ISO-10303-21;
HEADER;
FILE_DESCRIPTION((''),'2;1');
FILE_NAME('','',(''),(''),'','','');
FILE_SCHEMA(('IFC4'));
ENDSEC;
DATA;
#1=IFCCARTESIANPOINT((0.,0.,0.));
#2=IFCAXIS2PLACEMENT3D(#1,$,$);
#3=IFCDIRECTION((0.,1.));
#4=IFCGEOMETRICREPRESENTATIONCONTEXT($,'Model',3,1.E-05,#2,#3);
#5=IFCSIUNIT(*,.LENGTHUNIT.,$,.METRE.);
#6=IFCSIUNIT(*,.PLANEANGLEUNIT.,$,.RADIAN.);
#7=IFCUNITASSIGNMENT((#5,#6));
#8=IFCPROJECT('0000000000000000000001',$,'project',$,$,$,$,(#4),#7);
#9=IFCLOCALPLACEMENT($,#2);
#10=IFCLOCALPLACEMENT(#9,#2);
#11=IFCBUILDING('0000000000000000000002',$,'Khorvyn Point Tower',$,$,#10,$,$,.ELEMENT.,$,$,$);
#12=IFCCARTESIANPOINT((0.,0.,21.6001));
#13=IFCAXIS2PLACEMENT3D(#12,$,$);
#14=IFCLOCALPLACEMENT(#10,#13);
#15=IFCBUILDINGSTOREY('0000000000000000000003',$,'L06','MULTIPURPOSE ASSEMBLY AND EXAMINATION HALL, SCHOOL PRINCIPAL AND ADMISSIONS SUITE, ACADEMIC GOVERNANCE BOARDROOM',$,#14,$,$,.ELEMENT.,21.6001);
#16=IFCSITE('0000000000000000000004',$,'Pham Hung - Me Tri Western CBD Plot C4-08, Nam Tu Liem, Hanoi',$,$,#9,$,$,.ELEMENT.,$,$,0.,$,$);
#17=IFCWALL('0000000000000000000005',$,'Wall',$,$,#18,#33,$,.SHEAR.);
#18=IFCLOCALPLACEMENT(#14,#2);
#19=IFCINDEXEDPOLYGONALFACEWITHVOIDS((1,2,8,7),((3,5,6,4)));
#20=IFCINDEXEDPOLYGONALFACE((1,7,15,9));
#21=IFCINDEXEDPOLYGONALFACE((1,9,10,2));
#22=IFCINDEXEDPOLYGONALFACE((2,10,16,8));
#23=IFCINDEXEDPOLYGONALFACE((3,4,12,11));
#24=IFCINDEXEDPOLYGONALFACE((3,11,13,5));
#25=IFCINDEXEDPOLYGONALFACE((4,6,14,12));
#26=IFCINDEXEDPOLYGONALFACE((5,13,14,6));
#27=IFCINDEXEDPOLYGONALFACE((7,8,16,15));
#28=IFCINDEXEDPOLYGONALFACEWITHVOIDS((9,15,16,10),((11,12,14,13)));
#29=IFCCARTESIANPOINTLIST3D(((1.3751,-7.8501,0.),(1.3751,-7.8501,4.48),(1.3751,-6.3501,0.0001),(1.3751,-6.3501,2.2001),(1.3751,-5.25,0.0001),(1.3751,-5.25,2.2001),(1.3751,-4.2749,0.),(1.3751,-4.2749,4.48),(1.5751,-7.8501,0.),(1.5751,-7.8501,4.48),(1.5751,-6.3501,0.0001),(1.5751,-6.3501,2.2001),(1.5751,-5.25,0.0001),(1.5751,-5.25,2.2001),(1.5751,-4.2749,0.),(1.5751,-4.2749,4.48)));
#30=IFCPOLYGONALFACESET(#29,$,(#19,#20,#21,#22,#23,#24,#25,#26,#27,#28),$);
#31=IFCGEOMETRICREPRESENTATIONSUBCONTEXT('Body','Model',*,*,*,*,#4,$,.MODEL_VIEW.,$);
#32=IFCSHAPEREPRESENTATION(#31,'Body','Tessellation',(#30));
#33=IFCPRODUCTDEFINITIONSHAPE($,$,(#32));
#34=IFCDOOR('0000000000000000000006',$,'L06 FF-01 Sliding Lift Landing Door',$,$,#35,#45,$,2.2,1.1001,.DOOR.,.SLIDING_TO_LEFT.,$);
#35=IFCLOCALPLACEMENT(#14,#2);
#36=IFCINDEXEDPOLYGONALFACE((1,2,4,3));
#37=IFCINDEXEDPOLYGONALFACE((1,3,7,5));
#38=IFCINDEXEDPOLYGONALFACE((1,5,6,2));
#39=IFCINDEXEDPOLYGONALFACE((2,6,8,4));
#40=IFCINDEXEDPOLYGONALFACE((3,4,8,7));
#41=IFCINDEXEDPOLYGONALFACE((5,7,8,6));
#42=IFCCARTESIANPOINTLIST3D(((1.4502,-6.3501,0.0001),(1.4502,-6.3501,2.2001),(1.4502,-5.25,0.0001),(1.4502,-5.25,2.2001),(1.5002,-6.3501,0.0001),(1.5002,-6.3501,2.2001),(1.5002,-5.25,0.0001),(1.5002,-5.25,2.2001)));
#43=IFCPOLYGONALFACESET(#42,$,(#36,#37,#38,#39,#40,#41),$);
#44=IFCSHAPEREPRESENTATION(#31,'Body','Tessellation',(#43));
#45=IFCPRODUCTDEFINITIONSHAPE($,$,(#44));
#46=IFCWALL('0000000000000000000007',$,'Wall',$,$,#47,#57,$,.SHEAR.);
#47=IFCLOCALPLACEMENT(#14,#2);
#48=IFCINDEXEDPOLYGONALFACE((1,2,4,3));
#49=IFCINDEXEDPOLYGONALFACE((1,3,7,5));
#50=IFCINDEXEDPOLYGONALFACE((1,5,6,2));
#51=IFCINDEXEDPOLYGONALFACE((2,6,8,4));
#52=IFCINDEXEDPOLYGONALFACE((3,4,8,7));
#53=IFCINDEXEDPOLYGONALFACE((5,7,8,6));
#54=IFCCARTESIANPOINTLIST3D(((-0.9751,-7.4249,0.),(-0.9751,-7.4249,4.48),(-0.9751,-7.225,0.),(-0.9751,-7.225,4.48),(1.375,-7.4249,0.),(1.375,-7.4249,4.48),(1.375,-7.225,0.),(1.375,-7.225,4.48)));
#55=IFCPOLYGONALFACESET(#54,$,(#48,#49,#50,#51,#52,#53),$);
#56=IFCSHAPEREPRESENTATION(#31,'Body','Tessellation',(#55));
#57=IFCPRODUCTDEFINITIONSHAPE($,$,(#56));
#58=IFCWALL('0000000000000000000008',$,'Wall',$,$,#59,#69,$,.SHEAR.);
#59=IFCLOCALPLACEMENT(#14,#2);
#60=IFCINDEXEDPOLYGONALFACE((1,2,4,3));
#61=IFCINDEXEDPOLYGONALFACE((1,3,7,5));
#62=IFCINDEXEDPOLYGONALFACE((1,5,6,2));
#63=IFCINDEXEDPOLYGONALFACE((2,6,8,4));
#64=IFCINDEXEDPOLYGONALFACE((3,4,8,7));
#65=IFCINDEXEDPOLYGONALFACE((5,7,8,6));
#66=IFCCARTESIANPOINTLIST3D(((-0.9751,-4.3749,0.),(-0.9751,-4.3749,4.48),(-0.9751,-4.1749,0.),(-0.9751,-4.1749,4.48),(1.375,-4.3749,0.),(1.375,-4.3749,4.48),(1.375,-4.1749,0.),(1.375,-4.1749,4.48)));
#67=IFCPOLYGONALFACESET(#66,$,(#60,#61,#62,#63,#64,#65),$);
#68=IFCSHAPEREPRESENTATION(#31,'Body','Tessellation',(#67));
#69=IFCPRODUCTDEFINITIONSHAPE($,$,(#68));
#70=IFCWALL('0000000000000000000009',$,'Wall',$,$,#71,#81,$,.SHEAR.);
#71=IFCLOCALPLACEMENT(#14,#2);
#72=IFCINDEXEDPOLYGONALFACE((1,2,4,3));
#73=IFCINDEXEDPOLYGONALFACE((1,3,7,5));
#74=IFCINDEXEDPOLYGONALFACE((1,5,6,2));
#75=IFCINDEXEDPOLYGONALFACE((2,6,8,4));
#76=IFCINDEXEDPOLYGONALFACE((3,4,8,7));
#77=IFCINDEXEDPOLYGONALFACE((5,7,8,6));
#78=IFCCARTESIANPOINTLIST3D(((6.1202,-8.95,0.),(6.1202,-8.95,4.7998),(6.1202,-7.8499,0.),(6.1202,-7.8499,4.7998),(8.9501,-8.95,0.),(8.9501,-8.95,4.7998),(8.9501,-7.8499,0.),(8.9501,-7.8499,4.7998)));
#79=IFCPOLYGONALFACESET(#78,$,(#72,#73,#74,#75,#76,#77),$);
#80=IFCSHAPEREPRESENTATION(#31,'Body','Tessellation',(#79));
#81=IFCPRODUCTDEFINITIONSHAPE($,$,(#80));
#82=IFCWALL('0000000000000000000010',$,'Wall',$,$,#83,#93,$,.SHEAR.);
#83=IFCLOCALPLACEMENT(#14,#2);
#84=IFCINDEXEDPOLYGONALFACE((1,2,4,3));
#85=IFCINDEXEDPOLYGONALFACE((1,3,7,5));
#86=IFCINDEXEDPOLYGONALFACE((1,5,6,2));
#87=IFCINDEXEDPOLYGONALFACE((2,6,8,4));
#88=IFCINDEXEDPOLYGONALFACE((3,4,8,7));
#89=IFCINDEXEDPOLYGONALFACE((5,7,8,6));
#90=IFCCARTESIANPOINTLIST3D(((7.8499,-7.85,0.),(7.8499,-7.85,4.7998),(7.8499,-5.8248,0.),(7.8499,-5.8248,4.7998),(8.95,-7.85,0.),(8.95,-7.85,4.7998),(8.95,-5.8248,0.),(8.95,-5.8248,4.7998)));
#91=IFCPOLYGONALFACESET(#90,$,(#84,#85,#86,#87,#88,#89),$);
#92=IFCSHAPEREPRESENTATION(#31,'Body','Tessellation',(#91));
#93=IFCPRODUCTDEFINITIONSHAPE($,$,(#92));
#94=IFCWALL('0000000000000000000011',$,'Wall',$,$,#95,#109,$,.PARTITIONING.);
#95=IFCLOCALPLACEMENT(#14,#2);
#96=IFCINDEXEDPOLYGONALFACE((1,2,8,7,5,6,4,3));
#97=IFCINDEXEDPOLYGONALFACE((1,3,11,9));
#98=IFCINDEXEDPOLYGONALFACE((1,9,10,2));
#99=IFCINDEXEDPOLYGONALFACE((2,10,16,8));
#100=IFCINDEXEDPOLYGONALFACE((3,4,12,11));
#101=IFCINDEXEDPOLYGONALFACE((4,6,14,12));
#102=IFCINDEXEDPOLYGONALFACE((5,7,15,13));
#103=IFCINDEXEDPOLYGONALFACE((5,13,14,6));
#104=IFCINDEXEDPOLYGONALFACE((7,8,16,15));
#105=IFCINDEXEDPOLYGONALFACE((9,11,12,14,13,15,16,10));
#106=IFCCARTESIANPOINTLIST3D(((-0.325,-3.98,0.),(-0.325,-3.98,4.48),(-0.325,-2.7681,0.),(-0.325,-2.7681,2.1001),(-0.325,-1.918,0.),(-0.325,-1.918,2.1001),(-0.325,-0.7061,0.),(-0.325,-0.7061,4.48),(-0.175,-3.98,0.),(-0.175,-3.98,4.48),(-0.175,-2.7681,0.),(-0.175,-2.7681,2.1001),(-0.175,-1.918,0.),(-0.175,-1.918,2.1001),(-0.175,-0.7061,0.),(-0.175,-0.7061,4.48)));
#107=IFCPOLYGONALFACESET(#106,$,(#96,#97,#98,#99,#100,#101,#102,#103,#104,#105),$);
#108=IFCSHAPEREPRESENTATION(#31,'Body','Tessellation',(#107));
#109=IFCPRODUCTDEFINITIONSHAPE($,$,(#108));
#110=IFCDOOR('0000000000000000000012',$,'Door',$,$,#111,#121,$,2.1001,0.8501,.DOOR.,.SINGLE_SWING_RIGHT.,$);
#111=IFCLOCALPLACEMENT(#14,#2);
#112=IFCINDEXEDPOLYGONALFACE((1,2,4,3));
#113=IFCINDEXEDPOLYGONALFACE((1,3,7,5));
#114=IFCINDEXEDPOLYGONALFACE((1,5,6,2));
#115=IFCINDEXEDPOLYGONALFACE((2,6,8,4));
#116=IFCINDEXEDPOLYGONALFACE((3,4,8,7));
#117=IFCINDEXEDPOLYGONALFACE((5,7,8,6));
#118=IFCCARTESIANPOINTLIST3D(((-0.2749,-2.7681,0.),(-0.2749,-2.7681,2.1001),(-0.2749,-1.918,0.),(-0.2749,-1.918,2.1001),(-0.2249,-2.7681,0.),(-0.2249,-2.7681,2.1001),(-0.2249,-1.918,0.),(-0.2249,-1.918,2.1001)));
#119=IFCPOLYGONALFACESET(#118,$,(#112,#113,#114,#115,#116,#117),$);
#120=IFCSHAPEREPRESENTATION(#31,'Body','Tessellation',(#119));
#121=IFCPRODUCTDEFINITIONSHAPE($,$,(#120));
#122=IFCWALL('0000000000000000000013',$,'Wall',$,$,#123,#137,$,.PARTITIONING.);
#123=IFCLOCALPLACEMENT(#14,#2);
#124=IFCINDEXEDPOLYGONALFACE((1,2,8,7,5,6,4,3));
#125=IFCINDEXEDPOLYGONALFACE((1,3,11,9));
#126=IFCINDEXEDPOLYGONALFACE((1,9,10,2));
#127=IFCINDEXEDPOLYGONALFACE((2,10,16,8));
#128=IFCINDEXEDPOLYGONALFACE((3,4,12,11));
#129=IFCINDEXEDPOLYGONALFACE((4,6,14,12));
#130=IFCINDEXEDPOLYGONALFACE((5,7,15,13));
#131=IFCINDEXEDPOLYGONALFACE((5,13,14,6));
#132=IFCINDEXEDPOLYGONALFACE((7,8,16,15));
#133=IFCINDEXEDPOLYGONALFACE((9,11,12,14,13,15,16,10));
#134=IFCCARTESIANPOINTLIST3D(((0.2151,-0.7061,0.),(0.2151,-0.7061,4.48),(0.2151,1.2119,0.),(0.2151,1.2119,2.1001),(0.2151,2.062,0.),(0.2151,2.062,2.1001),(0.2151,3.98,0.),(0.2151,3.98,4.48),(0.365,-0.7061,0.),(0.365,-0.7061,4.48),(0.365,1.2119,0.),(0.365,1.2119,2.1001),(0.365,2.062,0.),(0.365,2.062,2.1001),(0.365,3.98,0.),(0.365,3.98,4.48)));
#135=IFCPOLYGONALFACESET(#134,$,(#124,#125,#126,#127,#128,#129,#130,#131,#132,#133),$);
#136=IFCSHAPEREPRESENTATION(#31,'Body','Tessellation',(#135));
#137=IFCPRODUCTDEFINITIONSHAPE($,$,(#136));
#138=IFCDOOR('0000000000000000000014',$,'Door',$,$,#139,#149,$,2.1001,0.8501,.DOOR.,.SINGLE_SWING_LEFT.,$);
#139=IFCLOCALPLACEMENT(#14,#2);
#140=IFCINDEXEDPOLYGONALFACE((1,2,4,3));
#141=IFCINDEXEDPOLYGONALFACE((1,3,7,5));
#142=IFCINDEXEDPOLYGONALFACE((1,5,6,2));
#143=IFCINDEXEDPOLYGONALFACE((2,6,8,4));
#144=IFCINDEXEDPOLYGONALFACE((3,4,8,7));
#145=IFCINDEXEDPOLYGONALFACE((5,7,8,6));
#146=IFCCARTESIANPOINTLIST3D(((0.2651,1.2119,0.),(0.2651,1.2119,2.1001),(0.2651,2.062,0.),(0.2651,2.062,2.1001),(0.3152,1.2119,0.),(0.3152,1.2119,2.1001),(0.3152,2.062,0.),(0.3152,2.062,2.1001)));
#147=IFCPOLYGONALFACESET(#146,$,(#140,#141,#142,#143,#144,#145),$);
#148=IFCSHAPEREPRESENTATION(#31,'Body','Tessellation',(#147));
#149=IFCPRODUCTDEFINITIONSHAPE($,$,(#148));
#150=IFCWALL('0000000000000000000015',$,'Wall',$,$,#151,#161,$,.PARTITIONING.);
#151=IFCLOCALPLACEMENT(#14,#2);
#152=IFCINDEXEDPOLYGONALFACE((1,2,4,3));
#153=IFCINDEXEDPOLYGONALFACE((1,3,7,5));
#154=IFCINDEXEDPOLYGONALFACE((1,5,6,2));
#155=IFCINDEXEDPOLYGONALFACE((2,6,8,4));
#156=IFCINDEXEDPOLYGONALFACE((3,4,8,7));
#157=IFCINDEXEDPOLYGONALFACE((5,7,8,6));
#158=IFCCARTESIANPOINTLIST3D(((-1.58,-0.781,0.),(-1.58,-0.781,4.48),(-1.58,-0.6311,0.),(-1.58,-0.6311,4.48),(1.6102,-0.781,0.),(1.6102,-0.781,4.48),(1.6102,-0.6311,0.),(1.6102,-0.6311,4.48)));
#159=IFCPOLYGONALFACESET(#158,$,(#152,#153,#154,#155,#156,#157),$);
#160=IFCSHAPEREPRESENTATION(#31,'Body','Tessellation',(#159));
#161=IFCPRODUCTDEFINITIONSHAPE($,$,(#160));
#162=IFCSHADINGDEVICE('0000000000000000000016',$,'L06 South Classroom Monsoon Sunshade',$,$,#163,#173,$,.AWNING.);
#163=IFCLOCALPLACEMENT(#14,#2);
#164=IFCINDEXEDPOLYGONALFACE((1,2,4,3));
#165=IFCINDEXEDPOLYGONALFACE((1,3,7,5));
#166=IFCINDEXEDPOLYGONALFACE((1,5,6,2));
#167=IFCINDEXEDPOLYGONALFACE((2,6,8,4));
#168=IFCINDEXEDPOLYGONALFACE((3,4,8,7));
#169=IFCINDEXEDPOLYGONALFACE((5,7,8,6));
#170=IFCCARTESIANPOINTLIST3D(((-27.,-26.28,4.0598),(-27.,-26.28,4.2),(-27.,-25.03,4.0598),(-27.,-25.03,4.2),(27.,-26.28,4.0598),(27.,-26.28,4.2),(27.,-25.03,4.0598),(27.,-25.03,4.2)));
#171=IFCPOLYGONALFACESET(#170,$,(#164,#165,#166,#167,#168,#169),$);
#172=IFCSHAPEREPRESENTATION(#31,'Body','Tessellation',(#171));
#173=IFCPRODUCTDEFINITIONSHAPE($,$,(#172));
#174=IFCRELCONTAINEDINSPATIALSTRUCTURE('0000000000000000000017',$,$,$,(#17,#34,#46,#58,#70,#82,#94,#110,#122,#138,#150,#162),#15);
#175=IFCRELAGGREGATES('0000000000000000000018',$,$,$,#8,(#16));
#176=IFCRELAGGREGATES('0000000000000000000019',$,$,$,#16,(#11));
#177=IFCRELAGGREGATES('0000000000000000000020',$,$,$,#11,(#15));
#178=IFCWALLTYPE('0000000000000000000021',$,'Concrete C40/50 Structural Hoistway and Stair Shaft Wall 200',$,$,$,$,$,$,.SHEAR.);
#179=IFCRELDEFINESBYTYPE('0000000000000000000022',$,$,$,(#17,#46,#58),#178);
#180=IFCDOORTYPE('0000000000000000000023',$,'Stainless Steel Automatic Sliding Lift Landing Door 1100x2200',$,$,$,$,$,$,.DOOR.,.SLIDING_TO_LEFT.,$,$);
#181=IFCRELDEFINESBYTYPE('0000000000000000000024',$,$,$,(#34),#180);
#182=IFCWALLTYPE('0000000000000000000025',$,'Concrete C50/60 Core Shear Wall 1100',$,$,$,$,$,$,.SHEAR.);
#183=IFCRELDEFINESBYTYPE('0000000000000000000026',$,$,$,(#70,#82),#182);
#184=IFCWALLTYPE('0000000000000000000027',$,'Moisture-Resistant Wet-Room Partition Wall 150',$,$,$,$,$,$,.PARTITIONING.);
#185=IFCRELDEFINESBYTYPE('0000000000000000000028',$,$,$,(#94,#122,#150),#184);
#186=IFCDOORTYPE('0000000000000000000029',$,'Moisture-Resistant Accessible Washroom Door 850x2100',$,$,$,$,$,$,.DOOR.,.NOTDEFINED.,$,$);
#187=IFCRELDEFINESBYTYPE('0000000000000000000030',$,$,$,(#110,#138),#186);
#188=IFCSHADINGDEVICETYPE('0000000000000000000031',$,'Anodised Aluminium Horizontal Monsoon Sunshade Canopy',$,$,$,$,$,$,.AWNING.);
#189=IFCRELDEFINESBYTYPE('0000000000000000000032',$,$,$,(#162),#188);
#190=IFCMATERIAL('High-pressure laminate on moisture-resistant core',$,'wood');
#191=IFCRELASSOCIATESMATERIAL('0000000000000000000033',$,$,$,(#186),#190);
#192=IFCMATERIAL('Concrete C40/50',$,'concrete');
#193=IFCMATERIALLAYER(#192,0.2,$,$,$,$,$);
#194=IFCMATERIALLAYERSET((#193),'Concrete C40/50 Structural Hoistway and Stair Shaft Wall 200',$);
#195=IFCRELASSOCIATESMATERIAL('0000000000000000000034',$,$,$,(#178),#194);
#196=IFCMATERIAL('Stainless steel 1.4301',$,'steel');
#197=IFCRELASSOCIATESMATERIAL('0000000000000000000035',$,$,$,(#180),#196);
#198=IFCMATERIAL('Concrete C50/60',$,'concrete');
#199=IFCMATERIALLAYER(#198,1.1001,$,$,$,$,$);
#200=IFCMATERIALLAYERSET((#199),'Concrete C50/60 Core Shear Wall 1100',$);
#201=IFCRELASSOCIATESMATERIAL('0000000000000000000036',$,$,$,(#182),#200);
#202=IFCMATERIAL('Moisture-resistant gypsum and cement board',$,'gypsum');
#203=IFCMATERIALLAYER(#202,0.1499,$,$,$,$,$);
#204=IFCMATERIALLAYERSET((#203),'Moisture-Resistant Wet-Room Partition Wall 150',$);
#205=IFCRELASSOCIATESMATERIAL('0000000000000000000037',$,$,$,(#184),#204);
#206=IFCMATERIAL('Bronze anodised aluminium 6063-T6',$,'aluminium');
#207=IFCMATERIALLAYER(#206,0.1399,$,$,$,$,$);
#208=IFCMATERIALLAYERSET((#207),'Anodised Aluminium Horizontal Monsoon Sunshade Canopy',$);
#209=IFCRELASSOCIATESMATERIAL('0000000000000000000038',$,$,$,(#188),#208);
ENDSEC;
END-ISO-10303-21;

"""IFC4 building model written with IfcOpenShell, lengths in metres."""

from ifc_helpers import new_model, si_unit, direction, frame, frame_2d, origin, place, context, subcontext, project, spatial, polyline, rectangle, outline, extrude, material, layer, layer_set, type_object, element, fill, save


model = new_model("IFC4")

# Units and contexts
model_context = context("Model", 3, precision=1e-05, world=origin(), true_north=direction((0.0, 1.0)))
body_context = subcontext(model_context, "Body", "Model", "MODEL_VIEW")
ifc_project = project(units=[si_unit("LENGTHUNIT", "METRE"), si_unit("PLANEANGLEUNIT", "RADIAN")], contexts=[model_context])

# Site, building, storey
site_placement = place(None, origin())
site = spatial("IfcSite", under=ifc_project, at=site_placement, Name="Pham Hung - Me Tri Western CBD Plot C4-08, Nam Tu Liem, Hanoi", CompositionType="ELEMENT", RefElevation=0.0)
building_placement = place(site_placement, origin())
building = spatial("IfcBuilding", under=site, at=building_placement, Name="Khorvyn Point Tower", CompositionType="ELEMENT")
storey_placement = place(building_placement, frame((0.0, 0.0, 21.6001)))
storey = spatial("IfcBuildingStorey", under=building, at=storey_placement, Name="L06", Description="MULTIPURPOSE ASSEMBLY AND EXAMINATION HALL, SCHOOL PRINCIPAL AND ADMISSIONS SUITE, ACADEMIC GOVERNANCE BOARDROOM", CompositionType="ELEMENT", Elevation=21.6001)

# Shared definitions
ifc_material_1 = material(Name="Concrete C40/50", Category="concrete")

# Shared definitions
ifc_material_2 = material(Name="Concrete C50/60", Category="concrete")

# Shared definitions
ifc_material_3 = material(Name="High-pressure laminate on moisture-resistant core", Category="wood")
door_type_1 = type_object("IfcDoorType", Name="Moisture-Resistant Accessible Washroom Door 850x2100", OperationType="NOTDEFINED", PredefinedType="DOOR", material=ifc_material_3)

# Shared definitions
ifc_layer_1 = layer(ifc_material_1, 0.2)
ifc_layer_set_1 = layer_set([ifc_layer_1], Name="Concrete C40/50 Structural Hoistway and Stair Shaft Wall 200")
wall_type_1 = type_object("IfcWallType", Name="Concrete C40/50 Structural Hoistway and Stair Shaft Wall 200", PredefinedType="SHEAR", material=ifc_layer_set_1)

# Wall, opening, door
wall_1_placement = place(storey_placement, frame((1.4751, -7.8501, 0.0), z_axis=(0.0, 0.0, 1.0), x_axis=(0.0, 1.0, 0.0)))
wall_1 = element("IfcWall", 1, at=wall_1_placement, inside=storey, type_object=wall_type_1, Name="Wall", PredefinedType="SHEAR", context=body_context, shape_type="SweptSolid", body=[
    extrude(rectangle(XDim=3.5752, YDim=0.2, at=frame_2d((1.7876, 0.0))), origin(), (0.0, 0.0, 1.0), 4.48),
])
opening_1_placement = place(wall_1_placement, frame((1.5, 0.0, 0.0)))
opening_1 = element("IfcOpeningElement", 2, at=opening_1_placement, cuts=wall_1, PredefinedType="OPENING", context=body_context, shape_type="SweptSolid", body=[
    extrude(rectangle(XDim=1.1001, YDim=2.2, at=frame_2d((0.55, 1.1001))), frame((0.0, 0.1099, 0.0), z_axis=(0.0, -1.0, 0.0), x_axis=(1.0, 0.0, 0.0)), (0.0, 0.0, 1.0), 0.22),
])
ifc_material_4 = material(Name="Stainless steel 1.4301", Category="steel")
door_type_2 = type_object("IfcDoorType", Name="Stainless Steel Automatic Sliding Lift Landing Door 1100x2200", OperationType="SLIDING_TO_LEFT", PredefinedType="DOOR", material=ifc_material_4)
door_1_placement = place(opening_1_placement, origin())
door_1 = element("IfcDoor", 3, at=door_1_placement, inside=storey, type_object=door_type_2, Name="L06 FF-01 Sliding Lift Landing Door", OperationType="SLIDING_TO_LEFT", OverallHeight=2.2, OverallWidth=1.1001, PredefinedType="DOOR", context=body_context, shape_type="SweptSolid", body=[
    extrude(rectangle(XDim=1.1001, YDim=2.2, at=frame_2d((0.55, 1.1001))), frame((0.0, 0.0249, 0.0), z_axis=(0.0, -1.0, 0.0), x_axis=(1.0, 0.0, 0.0)), (0.0, 0.0, 1.0), 0.05),
])
fill(opening_1, door_1)

# Walls
for number, where, z_axis, x_axis, name in (
    (4, (-0.9751, -7.325, 0.0), (0.0, 0.0, 1.0), (1.0, 0.0, 0.0), "Wall"),
    (5, (-0.9751, -4.2749, 0.0), (0.0, 0.0, 1.0), (1.0, 0.0, 0.0), "Wall"),
):
    element("IfcWall", number, at=place(storey_placement, frame(where, z_axis=z_axis, x_axis=x_axis)), inside=storey, type_object=wall_type_1, Name=name, PredefinedType="SHEAR", context=body_context, shape_type="SweptSolid", body=[
        extrude(rectangle(XDim=2.3501, YDim=0.2, at=frame_2d((1.175, 0.0))), origin(), (0.0, 0.0, 1.0), 4.48),
    ])
ifc_layer_2 = layer(ifc_material_2, 1.1001)
ifc_layer_set_2 = layer_set([ifc_layer_2], Name="Concrete C50/60 Core Shear Wall 1100")
wall_type_2 = type_object("IfcWallType", Name="Concrete C50/60 Core Shear Wall 1100", PredefinedType="SHEAR", material=ifc_layer_set_2)
wall_2_placement = place(storey_placement, frame((6.1201, -8.3999, 0.0), z_axis=(0.0, 0.0, 1.0), x_axis=(1.0, 0.0, 0.0)))
element("IfcWall", 6, at=wall_2_placement, inside=storey, type_object=wall_type_2, Name="Wall", PredefinedType="SHEAR", context=body_context, shape_type="SweptSolid", body=[
    extrude(rectangle(XDim=2.8298, YDim=1.1001, at=frame_2d((1.415, 0.0))), origin(), (0.0, 0.0, 1.0), 4.7998),
])
wall_3_placement = place(storey_placement, frame((8.3999, -7.8501, 0.0), z_axis=(0.0, 0.0, 1.0), x_axis=(0.0, 1.0, 0.0)))
element("IfcWall", 7, at=wall_3_placement, inside=storey, type_object=wall_type_2, Name="Wall", PredefinedType="SHEAR", context=body_context, shape_type="SweptSolid", body=[
    extrude(rectangle(XDim=2.0251, YDim=1.1001, at=frame_2d((1.0127, 0.0))), origin(), (0.0, 0.0, 1.0), 4.7998),
])

# Walls, openings, doors
ifc_material_5 = material(Name="Moisture-resistant gypsum and cement board", Category="gypsum")
ifc_layer_3 = layer(ifc_material_5, 0.1499)
ifc_layer_set_3 = layer_set([ifc_layer_3], Name="Moisture-Resistant Wet-Room Partition Wall 150")
wall_type_3 = type_object("IfcWallType", Name="Moisture-Resistant Wet-Room Partition Wall 150", PredefinedType="PARTITIONING", material=ifc_layer_set_3)
wall_4_placement = place(storey_placement, frame((-0.25, -3.98, 0.0), z_axis=(0.0, 0.0, 1.0), x_axis=(0.0, 1.0, 0.0)))
wall_4 = element("IfcWall", 8, at=wall_4_placement, inside=storey, type_object=wall_type_3, Name="Wall", PredefinedType="PARTITIONING", context=body_context, shape_type="SweptSolid", body=[
    extrude(rectangle(XDim=3.2739, YDim=0.1499, at=frame_2d((1.637, 0.0))), origin(), (0.0, 0.0, 1.0), 4.48),
])
opening_2_placement = place(wall_4_placement, frame((1.2119, 0.0, 0.0)))
opening_2 = element("IfcOpeningElement", 9, at=opening_2_placement, cuts=wall_4, PredefinedType="OPENING", context=body_context, shape_type="SweptSolid", body=[
    extrude(rectangle(XDim=0.8501, YDim=2.1001, at=frame_2d((0.425, 1.05))), frame((0.0, 0.085, 0.0), z_axis=(0.0, -1.0, 0.0), x_axis=(1.0, 0.0, 0.0)), (0.0, 0.0, 1.0), 0.1699),
])
door_2_placement = place(opening_2_placement, origin())
door_2 = element("IfcDoor", 10, at=door_2_placement, inside=storey, type_object=door_type_1, Name="Door", OperationType="SINGLE_SWING_RIGHT", OverallHeight=2.1001, OverallWidth=0.8501, PredefinedType="DOOR", context=body_context, shape_type="SweptSolid", body=[
    extrude(rectangle(XDim=0.8501, YDim=2.1001, at=frame_2d((0.425, 1.05))), frame((0.0, 0.0249, 0.0), z_axis=(0.0, -1.0, 0.0), x_axis=(1.0, 0.0, 0.0)), (0.0, 0.0, 1.0), 0.05),
])
fill(opening_2, door_2)
wall_5_placement = place(storey_placement, frame((0.29, -0.7061, 0.0), z_axis=(0.0, 0.0, 1.0), x_axis=(0.0, 1.0, 0.0)))
wall_5 = element("IfcWall", 11, at=wall_5_placement, inside=storey, type_object=wall_type_3, Name="Wall", PredefinedType="PARTITIONING", context=body_context, shape_type="SweptSolid", body=[
    extrude(rectangle(XDim=4.686, YDim=0.1499, at=frame_2d((2.343, 0.0))), origin(), (0.0, 0.0, 1.0), 4.48),
])
opening_3_placement = place(wall_5_placement, frame((1.918, 0.0, 0.0)))
opening_3 = element("IfcOpeningElement", 12, at=opening_3_placement, cuts=wall_5, PredefinedType="OPENING", context=body_context, shape_type="SweptSolid", body=[
    extrude(rectangle(XDim=0.8501, YDim=2.1001, at=frame_2d((0.425, 1.05))), frame((0.0, 0.085, 0.0), z_axis=(0.0, -1.0, 0.0), x_axis=(1.0, 0.0, 0.0)), (0.0, 0.0, 1.0), 0.1699),
])
door_3_placement = place(opening_3_placement, origin())
door_3 = element("IfcDoor", 13, at=door_3_placement, inside=storey, type_object=door_type_1, Name="Door", OperationType="SINGLE_SWING_LEFT", OverallHeight=2.1001, OverallWidth=0.8501, PredefinedType="DOOR", context=body_context, shape_type="SweptSolid", body=[
    extrude(rectangle(XDim=0.8501, YDim=2.1001, at=frame_2d((0.425, 1.05))), frame((0.0, 0.0249, 0.0), z_axis=(0.0, -1.0, 0.0), x_axis=(1.0, 0.0, 0.0)), (0.0, 0.0, 1.0), 0.05),
])
fill(opening_3, door_3)

# Wall
wall_6_placement = place(storey_placement, frame((-1.5801, -0.7061, 0.0), z_axis=(0.0, 0.0, 1.0), x_axis=(1.0, 0.0, 0.0)))
element("IfcWall", 14, at=wall_6_placement, inside=storey, type_object=wall_type_3, Name="Wall", PredefinedType="PARTITIONING", context=body_context, shape_type="SweptSolid", body=[
    extrude(rectangle(XDim=3.1902, YDim=0.1499, at=frame_2d((1.5952, 0.0))), origin(), (0.0, 0.0, 1.0), 4.48),
])

# Shading device
ifc_material_6 = material(Name="Bronze anodised aluminium 6063-T6", Category="aluminium")
ifc_layer_4 = layer(ifc_material_6, 0.1399)
ifc_layer_set_4 = layer_set([ifc_layer_4], Name="Anodised Aluminium Horizontal Monsoon Sunshade Canopy")
shading_device_type = type_object("IfcShadingDeviceType", Name="Anodised Aluminium Horizontal Monsoon Sunshade Canopy", PredefinedType="AWNING", material=ifc_layer_set_4)
shading_device_1_placement = place(storey_placement, frame((0.0, 0.0, 4.0598)))
element("IfcShadingDevice", 15, at=shading_device_1_placement, inside=storey, type_object=shading_device_type, Name="L06 South Classroom Monsoon Sunshade", PredefinedType="AWNING", context=body_context, shape_type="SweptSolid", body=[
    extrude(outline(polyline([(-27.0, -26.28), (27.0, -26.28), (27.0, -25.03), (-27.0, -25.03), (-27.0, -26.28)])), origin(), (0.0, 0.0, 1.0), 0.1401),
])

save(model, "model.ifc")
